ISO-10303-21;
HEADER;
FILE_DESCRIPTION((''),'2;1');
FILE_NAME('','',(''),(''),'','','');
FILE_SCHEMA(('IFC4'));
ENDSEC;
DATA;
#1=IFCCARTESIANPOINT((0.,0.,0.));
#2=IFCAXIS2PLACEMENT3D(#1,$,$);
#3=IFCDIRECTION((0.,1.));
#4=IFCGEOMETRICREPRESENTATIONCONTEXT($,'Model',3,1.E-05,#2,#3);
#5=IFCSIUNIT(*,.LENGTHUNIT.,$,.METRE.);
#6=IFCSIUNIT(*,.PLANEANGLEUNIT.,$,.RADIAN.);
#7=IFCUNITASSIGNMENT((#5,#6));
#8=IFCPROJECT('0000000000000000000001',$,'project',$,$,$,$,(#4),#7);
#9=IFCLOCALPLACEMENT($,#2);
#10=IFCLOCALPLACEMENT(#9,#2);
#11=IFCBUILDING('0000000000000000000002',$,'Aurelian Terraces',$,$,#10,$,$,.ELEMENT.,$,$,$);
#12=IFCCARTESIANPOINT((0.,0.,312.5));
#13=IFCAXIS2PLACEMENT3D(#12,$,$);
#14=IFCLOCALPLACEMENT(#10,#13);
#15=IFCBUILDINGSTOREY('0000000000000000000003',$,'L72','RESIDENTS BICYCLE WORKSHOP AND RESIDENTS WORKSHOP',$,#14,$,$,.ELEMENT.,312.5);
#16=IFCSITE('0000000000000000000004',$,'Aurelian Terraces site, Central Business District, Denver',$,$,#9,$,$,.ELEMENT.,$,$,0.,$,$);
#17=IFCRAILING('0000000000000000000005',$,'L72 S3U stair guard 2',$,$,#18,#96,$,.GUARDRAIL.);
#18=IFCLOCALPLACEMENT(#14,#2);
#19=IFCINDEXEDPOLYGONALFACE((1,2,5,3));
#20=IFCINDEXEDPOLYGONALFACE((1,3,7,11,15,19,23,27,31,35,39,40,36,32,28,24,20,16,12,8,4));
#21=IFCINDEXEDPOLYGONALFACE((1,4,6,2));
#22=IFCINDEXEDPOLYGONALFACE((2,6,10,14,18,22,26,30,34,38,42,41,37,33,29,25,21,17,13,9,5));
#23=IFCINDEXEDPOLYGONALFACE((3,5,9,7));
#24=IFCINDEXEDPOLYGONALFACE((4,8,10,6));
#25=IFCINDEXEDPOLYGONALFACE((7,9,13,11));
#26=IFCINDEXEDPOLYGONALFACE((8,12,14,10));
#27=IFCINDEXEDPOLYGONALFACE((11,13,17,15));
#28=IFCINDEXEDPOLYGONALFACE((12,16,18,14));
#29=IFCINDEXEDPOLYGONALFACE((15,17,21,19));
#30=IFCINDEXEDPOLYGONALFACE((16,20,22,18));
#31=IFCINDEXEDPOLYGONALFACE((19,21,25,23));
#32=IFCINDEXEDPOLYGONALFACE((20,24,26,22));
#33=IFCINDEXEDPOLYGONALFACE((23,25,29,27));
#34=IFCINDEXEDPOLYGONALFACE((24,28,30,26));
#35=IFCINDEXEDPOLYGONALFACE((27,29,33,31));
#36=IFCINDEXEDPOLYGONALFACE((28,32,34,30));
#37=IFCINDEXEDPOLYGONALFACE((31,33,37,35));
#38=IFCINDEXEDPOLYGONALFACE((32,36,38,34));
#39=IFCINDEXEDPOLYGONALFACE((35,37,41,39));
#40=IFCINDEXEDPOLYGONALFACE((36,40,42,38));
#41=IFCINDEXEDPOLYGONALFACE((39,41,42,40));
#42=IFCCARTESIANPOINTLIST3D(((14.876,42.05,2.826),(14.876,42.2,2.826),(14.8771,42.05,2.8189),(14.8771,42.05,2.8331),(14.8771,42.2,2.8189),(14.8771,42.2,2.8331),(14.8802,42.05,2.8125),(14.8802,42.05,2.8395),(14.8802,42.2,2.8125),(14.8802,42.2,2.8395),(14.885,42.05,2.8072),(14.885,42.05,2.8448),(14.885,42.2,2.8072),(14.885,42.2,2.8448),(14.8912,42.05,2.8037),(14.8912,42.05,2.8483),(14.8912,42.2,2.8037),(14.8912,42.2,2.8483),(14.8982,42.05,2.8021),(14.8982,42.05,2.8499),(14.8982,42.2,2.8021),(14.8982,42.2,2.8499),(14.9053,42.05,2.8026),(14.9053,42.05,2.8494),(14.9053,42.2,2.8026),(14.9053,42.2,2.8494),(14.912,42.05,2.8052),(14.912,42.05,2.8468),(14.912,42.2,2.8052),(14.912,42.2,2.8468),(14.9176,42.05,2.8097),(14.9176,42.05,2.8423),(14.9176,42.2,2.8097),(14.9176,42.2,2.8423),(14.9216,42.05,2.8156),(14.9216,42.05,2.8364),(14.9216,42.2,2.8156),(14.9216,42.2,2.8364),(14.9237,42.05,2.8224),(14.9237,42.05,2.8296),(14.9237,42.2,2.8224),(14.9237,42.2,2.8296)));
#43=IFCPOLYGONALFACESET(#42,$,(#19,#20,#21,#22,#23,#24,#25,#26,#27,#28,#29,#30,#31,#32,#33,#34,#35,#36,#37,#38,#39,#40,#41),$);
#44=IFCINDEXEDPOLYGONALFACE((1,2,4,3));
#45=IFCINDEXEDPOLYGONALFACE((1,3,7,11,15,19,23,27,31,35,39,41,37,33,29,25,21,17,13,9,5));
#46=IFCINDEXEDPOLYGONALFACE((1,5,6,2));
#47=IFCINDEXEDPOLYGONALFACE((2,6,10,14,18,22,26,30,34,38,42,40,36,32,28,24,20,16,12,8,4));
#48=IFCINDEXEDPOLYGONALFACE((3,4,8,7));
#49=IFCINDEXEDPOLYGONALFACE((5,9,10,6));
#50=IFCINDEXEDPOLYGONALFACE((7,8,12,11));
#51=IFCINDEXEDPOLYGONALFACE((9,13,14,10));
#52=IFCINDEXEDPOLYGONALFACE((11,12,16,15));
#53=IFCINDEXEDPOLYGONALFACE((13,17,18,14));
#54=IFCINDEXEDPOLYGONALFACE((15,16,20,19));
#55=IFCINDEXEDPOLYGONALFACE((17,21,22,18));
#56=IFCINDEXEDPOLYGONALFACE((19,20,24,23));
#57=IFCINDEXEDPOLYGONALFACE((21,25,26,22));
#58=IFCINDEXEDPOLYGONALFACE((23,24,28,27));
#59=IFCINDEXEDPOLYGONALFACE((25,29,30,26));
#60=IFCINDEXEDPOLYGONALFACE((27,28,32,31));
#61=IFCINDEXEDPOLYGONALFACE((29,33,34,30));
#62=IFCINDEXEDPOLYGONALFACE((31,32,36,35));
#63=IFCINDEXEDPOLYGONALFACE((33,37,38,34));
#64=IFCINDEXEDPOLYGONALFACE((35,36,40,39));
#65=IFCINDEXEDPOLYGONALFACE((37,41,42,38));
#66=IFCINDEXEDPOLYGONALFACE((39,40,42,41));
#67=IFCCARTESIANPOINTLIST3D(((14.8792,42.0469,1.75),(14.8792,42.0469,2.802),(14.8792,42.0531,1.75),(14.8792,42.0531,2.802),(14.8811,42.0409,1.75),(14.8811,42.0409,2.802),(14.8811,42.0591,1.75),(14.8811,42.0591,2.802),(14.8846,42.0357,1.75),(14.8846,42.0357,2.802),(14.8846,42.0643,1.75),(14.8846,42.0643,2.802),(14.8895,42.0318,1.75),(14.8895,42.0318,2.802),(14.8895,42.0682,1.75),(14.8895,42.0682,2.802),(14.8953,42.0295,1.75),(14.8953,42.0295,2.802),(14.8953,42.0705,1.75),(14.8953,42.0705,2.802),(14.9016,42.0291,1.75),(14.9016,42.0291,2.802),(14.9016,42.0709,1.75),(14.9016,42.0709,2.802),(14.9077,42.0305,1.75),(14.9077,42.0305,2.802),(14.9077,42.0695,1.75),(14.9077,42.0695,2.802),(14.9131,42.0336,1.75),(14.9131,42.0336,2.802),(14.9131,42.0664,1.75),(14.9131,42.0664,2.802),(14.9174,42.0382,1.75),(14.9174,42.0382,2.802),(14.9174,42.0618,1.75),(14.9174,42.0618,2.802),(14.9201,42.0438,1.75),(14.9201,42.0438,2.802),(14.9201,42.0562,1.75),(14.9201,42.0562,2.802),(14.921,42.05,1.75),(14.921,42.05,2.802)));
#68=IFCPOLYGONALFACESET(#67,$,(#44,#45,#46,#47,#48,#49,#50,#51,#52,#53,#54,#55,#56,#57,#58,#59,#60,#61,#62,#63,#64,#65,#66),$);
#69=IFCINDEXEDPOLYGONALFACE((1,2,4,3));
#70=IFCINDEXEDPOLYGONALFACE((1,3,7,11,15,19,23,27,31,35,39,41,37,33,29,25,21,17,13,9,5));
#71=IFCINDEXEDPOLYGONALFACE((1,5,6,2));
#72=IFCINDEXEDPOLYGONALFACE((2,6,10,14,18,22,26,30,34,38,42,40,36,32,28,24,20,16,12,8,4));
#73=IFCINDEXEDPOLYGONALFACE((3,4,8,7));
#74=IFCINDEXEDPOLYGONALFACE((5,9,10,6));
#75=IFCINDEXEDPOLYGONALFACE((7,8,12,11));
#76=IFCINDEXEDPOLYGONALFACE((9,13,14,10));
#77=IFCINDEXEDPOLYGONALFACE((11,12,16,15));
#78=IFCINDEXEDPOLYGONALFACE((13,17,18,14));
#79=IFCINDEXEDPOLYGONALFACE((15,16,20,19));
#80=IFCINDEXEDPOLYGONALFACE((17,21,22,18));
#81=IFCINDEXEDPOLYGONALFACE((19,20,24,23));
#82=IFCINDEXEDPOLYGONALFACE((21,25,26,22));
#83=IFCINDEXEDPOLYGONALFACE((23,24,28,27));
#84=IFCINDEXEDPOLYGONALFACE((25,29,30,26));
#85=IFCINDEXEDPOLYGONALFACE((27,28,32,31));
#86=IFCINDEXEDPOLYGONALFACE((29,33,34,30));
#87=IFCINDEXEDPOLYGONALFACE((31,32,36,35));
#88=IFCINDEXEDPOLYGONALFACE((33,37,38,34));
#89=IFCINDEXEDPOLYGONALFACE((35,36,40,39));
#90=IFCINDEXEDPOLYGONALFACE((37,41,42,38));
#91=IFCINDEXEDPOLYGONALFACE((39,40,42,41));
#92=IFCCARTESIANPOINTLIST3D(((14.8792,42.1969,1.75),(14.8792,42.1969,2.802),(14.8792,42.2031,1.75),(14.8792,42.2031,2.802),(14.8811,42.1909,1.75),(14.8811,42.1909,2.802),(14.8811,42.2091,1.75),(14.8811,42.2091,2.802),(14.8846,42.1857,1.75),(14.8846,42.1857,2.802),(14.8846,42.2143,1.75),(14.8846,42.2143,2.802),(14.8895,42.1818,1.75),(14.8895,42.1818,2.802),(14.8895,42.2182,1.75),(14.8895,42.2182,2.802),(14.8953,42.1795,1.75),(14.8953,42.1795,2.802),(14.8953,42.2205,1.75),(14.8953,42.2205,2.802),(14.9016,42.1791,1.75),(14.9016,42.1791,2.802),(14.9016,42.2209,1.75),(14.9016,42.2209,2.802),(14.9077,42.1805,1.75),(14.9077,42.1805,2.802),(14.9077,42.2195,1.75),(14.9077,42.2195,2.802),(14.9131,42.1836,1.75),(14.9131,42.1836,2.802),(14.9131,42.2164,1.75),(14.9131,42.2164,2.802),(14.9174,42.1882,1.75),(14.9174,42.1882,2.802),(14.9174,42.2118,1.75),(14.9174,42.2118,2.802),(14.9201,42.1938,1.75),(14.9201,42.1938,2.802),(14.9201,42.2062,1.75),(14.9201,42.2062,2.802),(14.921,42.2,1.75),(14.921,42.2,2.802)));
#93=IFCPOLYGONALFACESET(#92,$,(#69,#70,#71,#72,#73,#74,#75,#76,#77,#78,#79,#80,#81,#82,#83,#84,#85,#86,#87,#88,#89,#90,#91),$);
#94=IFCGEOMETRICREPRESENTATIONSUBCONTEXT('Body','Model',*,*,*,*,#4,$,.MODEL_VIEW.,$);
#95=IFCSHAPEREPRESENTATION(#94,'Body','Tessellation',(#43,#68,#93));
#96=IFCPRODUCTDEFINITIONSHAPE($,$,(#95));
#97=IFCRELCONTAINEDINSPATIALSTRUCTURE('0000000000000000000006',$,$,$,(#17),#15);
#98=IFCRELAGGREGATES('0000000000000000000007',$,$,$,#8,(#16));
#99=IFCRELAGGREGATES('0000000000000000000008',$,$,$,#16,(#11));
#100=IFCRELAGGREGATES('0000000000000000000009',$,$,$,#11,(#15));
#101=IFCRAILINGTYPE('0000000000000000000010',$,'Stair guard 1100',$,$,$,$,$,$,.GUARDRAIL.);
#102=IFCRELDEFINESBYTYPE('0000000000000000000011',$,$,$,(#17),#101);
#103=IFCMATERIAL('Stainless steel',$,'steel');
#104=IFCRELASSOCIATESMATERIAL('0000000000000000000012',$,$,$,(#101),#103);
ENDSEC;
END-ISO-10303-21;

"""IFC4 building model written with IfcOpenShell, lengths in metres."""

from ifc_helpers import new_model, si_unit, direction, frame, origin, origin_2d, place, context, subcontext, project, spatial, circle, extrude, source, transform, mapped, material, type_object, element, save


model = new_model("IFC4")

# Units and contexts
model_context = context("Model", 3, precision=1e-05, world=origin(), true_north=direction((0.0, 1.0)))
body_context = subcontext(model_context, "Body", "Model", "MODEL_VIEW")
ifc_project = project(units=[si_unit("LENGTHUNIT", "METRE"), si_unit("PLANEANGLEUNIT", "RADIAN")], contexts=[model_context])

# Site, building, storey
site_placement = place(None, origin())
site = spatial("IfcSite", under=ifc_project, at=site_placement, Name="Aurelian Terraces site, Central Business District, Denver", CompositionType="ELEMENT", RefElevation=0.0)
building_placement = place(site_placement, origin())
building = spatial("IfcBuilding", under=site, at=building_placement, Name="Aurelian Terraces", CompositionType="ELEMENT")
storey_placement = place(building_placement, frame((0.0, 0.0, 312.5)))
storey = spatial("IfcBuildingStorey", under=building, at=storey_placement, Name="L72", Description="RESIDENTS BICYCLE WORKSHOP AND RESIDENTS WORKSHOP", CompositionType="ELEMENT", Elevation=312.5)

# Shared definitions
ifc_material_1 = material(Name="Stainless steel", Category="steel")

# Railing
railing_type_1 = type_object("IfcRailingType", Name="Stair guard 1100", PredefinedType="GUARDRAIL", material=ifc_material_1)
shared_shape_1 = source(origin(), body_context, "Body", "SweptSolid", [
    extrude(circle(Radius=0.024, at=origin_2d()), frame((0.0, 0.0, 1.076), z_axis=(0.0, 1.0, 0.0), x_axis=(-1.0, 0.0, 0.0)), (0.0, 0.0, 1.0), 0.15),
    extrude(circle(Radius=0.021, at=origin_2d()), origin(), (0.0, 0.0, 1.0), 1.052),
    extrude(circle(Radius=0.021, at=origin_2d()), frame((0.0, 0.15, 0.0)), (0.0, 0.0, 1.0), 1.052),
])
railing_1_placement = place(storey_placement, frame((14.9, 42.05, 1.75)))
element("IfcRailing", 1, at=railing_1_placement, inside=storey, type_object=railing_type_1, Name="L72 S3U stair guard 2", PredefinedType="GUARDRAIL", context=body_context, shape_type="MappedRepresentation", body=[
    mapped(shared_shape_1, transform((0.0, 0.0, 0.0), scale=1.0)),
])

save(model, "model.ifc")
